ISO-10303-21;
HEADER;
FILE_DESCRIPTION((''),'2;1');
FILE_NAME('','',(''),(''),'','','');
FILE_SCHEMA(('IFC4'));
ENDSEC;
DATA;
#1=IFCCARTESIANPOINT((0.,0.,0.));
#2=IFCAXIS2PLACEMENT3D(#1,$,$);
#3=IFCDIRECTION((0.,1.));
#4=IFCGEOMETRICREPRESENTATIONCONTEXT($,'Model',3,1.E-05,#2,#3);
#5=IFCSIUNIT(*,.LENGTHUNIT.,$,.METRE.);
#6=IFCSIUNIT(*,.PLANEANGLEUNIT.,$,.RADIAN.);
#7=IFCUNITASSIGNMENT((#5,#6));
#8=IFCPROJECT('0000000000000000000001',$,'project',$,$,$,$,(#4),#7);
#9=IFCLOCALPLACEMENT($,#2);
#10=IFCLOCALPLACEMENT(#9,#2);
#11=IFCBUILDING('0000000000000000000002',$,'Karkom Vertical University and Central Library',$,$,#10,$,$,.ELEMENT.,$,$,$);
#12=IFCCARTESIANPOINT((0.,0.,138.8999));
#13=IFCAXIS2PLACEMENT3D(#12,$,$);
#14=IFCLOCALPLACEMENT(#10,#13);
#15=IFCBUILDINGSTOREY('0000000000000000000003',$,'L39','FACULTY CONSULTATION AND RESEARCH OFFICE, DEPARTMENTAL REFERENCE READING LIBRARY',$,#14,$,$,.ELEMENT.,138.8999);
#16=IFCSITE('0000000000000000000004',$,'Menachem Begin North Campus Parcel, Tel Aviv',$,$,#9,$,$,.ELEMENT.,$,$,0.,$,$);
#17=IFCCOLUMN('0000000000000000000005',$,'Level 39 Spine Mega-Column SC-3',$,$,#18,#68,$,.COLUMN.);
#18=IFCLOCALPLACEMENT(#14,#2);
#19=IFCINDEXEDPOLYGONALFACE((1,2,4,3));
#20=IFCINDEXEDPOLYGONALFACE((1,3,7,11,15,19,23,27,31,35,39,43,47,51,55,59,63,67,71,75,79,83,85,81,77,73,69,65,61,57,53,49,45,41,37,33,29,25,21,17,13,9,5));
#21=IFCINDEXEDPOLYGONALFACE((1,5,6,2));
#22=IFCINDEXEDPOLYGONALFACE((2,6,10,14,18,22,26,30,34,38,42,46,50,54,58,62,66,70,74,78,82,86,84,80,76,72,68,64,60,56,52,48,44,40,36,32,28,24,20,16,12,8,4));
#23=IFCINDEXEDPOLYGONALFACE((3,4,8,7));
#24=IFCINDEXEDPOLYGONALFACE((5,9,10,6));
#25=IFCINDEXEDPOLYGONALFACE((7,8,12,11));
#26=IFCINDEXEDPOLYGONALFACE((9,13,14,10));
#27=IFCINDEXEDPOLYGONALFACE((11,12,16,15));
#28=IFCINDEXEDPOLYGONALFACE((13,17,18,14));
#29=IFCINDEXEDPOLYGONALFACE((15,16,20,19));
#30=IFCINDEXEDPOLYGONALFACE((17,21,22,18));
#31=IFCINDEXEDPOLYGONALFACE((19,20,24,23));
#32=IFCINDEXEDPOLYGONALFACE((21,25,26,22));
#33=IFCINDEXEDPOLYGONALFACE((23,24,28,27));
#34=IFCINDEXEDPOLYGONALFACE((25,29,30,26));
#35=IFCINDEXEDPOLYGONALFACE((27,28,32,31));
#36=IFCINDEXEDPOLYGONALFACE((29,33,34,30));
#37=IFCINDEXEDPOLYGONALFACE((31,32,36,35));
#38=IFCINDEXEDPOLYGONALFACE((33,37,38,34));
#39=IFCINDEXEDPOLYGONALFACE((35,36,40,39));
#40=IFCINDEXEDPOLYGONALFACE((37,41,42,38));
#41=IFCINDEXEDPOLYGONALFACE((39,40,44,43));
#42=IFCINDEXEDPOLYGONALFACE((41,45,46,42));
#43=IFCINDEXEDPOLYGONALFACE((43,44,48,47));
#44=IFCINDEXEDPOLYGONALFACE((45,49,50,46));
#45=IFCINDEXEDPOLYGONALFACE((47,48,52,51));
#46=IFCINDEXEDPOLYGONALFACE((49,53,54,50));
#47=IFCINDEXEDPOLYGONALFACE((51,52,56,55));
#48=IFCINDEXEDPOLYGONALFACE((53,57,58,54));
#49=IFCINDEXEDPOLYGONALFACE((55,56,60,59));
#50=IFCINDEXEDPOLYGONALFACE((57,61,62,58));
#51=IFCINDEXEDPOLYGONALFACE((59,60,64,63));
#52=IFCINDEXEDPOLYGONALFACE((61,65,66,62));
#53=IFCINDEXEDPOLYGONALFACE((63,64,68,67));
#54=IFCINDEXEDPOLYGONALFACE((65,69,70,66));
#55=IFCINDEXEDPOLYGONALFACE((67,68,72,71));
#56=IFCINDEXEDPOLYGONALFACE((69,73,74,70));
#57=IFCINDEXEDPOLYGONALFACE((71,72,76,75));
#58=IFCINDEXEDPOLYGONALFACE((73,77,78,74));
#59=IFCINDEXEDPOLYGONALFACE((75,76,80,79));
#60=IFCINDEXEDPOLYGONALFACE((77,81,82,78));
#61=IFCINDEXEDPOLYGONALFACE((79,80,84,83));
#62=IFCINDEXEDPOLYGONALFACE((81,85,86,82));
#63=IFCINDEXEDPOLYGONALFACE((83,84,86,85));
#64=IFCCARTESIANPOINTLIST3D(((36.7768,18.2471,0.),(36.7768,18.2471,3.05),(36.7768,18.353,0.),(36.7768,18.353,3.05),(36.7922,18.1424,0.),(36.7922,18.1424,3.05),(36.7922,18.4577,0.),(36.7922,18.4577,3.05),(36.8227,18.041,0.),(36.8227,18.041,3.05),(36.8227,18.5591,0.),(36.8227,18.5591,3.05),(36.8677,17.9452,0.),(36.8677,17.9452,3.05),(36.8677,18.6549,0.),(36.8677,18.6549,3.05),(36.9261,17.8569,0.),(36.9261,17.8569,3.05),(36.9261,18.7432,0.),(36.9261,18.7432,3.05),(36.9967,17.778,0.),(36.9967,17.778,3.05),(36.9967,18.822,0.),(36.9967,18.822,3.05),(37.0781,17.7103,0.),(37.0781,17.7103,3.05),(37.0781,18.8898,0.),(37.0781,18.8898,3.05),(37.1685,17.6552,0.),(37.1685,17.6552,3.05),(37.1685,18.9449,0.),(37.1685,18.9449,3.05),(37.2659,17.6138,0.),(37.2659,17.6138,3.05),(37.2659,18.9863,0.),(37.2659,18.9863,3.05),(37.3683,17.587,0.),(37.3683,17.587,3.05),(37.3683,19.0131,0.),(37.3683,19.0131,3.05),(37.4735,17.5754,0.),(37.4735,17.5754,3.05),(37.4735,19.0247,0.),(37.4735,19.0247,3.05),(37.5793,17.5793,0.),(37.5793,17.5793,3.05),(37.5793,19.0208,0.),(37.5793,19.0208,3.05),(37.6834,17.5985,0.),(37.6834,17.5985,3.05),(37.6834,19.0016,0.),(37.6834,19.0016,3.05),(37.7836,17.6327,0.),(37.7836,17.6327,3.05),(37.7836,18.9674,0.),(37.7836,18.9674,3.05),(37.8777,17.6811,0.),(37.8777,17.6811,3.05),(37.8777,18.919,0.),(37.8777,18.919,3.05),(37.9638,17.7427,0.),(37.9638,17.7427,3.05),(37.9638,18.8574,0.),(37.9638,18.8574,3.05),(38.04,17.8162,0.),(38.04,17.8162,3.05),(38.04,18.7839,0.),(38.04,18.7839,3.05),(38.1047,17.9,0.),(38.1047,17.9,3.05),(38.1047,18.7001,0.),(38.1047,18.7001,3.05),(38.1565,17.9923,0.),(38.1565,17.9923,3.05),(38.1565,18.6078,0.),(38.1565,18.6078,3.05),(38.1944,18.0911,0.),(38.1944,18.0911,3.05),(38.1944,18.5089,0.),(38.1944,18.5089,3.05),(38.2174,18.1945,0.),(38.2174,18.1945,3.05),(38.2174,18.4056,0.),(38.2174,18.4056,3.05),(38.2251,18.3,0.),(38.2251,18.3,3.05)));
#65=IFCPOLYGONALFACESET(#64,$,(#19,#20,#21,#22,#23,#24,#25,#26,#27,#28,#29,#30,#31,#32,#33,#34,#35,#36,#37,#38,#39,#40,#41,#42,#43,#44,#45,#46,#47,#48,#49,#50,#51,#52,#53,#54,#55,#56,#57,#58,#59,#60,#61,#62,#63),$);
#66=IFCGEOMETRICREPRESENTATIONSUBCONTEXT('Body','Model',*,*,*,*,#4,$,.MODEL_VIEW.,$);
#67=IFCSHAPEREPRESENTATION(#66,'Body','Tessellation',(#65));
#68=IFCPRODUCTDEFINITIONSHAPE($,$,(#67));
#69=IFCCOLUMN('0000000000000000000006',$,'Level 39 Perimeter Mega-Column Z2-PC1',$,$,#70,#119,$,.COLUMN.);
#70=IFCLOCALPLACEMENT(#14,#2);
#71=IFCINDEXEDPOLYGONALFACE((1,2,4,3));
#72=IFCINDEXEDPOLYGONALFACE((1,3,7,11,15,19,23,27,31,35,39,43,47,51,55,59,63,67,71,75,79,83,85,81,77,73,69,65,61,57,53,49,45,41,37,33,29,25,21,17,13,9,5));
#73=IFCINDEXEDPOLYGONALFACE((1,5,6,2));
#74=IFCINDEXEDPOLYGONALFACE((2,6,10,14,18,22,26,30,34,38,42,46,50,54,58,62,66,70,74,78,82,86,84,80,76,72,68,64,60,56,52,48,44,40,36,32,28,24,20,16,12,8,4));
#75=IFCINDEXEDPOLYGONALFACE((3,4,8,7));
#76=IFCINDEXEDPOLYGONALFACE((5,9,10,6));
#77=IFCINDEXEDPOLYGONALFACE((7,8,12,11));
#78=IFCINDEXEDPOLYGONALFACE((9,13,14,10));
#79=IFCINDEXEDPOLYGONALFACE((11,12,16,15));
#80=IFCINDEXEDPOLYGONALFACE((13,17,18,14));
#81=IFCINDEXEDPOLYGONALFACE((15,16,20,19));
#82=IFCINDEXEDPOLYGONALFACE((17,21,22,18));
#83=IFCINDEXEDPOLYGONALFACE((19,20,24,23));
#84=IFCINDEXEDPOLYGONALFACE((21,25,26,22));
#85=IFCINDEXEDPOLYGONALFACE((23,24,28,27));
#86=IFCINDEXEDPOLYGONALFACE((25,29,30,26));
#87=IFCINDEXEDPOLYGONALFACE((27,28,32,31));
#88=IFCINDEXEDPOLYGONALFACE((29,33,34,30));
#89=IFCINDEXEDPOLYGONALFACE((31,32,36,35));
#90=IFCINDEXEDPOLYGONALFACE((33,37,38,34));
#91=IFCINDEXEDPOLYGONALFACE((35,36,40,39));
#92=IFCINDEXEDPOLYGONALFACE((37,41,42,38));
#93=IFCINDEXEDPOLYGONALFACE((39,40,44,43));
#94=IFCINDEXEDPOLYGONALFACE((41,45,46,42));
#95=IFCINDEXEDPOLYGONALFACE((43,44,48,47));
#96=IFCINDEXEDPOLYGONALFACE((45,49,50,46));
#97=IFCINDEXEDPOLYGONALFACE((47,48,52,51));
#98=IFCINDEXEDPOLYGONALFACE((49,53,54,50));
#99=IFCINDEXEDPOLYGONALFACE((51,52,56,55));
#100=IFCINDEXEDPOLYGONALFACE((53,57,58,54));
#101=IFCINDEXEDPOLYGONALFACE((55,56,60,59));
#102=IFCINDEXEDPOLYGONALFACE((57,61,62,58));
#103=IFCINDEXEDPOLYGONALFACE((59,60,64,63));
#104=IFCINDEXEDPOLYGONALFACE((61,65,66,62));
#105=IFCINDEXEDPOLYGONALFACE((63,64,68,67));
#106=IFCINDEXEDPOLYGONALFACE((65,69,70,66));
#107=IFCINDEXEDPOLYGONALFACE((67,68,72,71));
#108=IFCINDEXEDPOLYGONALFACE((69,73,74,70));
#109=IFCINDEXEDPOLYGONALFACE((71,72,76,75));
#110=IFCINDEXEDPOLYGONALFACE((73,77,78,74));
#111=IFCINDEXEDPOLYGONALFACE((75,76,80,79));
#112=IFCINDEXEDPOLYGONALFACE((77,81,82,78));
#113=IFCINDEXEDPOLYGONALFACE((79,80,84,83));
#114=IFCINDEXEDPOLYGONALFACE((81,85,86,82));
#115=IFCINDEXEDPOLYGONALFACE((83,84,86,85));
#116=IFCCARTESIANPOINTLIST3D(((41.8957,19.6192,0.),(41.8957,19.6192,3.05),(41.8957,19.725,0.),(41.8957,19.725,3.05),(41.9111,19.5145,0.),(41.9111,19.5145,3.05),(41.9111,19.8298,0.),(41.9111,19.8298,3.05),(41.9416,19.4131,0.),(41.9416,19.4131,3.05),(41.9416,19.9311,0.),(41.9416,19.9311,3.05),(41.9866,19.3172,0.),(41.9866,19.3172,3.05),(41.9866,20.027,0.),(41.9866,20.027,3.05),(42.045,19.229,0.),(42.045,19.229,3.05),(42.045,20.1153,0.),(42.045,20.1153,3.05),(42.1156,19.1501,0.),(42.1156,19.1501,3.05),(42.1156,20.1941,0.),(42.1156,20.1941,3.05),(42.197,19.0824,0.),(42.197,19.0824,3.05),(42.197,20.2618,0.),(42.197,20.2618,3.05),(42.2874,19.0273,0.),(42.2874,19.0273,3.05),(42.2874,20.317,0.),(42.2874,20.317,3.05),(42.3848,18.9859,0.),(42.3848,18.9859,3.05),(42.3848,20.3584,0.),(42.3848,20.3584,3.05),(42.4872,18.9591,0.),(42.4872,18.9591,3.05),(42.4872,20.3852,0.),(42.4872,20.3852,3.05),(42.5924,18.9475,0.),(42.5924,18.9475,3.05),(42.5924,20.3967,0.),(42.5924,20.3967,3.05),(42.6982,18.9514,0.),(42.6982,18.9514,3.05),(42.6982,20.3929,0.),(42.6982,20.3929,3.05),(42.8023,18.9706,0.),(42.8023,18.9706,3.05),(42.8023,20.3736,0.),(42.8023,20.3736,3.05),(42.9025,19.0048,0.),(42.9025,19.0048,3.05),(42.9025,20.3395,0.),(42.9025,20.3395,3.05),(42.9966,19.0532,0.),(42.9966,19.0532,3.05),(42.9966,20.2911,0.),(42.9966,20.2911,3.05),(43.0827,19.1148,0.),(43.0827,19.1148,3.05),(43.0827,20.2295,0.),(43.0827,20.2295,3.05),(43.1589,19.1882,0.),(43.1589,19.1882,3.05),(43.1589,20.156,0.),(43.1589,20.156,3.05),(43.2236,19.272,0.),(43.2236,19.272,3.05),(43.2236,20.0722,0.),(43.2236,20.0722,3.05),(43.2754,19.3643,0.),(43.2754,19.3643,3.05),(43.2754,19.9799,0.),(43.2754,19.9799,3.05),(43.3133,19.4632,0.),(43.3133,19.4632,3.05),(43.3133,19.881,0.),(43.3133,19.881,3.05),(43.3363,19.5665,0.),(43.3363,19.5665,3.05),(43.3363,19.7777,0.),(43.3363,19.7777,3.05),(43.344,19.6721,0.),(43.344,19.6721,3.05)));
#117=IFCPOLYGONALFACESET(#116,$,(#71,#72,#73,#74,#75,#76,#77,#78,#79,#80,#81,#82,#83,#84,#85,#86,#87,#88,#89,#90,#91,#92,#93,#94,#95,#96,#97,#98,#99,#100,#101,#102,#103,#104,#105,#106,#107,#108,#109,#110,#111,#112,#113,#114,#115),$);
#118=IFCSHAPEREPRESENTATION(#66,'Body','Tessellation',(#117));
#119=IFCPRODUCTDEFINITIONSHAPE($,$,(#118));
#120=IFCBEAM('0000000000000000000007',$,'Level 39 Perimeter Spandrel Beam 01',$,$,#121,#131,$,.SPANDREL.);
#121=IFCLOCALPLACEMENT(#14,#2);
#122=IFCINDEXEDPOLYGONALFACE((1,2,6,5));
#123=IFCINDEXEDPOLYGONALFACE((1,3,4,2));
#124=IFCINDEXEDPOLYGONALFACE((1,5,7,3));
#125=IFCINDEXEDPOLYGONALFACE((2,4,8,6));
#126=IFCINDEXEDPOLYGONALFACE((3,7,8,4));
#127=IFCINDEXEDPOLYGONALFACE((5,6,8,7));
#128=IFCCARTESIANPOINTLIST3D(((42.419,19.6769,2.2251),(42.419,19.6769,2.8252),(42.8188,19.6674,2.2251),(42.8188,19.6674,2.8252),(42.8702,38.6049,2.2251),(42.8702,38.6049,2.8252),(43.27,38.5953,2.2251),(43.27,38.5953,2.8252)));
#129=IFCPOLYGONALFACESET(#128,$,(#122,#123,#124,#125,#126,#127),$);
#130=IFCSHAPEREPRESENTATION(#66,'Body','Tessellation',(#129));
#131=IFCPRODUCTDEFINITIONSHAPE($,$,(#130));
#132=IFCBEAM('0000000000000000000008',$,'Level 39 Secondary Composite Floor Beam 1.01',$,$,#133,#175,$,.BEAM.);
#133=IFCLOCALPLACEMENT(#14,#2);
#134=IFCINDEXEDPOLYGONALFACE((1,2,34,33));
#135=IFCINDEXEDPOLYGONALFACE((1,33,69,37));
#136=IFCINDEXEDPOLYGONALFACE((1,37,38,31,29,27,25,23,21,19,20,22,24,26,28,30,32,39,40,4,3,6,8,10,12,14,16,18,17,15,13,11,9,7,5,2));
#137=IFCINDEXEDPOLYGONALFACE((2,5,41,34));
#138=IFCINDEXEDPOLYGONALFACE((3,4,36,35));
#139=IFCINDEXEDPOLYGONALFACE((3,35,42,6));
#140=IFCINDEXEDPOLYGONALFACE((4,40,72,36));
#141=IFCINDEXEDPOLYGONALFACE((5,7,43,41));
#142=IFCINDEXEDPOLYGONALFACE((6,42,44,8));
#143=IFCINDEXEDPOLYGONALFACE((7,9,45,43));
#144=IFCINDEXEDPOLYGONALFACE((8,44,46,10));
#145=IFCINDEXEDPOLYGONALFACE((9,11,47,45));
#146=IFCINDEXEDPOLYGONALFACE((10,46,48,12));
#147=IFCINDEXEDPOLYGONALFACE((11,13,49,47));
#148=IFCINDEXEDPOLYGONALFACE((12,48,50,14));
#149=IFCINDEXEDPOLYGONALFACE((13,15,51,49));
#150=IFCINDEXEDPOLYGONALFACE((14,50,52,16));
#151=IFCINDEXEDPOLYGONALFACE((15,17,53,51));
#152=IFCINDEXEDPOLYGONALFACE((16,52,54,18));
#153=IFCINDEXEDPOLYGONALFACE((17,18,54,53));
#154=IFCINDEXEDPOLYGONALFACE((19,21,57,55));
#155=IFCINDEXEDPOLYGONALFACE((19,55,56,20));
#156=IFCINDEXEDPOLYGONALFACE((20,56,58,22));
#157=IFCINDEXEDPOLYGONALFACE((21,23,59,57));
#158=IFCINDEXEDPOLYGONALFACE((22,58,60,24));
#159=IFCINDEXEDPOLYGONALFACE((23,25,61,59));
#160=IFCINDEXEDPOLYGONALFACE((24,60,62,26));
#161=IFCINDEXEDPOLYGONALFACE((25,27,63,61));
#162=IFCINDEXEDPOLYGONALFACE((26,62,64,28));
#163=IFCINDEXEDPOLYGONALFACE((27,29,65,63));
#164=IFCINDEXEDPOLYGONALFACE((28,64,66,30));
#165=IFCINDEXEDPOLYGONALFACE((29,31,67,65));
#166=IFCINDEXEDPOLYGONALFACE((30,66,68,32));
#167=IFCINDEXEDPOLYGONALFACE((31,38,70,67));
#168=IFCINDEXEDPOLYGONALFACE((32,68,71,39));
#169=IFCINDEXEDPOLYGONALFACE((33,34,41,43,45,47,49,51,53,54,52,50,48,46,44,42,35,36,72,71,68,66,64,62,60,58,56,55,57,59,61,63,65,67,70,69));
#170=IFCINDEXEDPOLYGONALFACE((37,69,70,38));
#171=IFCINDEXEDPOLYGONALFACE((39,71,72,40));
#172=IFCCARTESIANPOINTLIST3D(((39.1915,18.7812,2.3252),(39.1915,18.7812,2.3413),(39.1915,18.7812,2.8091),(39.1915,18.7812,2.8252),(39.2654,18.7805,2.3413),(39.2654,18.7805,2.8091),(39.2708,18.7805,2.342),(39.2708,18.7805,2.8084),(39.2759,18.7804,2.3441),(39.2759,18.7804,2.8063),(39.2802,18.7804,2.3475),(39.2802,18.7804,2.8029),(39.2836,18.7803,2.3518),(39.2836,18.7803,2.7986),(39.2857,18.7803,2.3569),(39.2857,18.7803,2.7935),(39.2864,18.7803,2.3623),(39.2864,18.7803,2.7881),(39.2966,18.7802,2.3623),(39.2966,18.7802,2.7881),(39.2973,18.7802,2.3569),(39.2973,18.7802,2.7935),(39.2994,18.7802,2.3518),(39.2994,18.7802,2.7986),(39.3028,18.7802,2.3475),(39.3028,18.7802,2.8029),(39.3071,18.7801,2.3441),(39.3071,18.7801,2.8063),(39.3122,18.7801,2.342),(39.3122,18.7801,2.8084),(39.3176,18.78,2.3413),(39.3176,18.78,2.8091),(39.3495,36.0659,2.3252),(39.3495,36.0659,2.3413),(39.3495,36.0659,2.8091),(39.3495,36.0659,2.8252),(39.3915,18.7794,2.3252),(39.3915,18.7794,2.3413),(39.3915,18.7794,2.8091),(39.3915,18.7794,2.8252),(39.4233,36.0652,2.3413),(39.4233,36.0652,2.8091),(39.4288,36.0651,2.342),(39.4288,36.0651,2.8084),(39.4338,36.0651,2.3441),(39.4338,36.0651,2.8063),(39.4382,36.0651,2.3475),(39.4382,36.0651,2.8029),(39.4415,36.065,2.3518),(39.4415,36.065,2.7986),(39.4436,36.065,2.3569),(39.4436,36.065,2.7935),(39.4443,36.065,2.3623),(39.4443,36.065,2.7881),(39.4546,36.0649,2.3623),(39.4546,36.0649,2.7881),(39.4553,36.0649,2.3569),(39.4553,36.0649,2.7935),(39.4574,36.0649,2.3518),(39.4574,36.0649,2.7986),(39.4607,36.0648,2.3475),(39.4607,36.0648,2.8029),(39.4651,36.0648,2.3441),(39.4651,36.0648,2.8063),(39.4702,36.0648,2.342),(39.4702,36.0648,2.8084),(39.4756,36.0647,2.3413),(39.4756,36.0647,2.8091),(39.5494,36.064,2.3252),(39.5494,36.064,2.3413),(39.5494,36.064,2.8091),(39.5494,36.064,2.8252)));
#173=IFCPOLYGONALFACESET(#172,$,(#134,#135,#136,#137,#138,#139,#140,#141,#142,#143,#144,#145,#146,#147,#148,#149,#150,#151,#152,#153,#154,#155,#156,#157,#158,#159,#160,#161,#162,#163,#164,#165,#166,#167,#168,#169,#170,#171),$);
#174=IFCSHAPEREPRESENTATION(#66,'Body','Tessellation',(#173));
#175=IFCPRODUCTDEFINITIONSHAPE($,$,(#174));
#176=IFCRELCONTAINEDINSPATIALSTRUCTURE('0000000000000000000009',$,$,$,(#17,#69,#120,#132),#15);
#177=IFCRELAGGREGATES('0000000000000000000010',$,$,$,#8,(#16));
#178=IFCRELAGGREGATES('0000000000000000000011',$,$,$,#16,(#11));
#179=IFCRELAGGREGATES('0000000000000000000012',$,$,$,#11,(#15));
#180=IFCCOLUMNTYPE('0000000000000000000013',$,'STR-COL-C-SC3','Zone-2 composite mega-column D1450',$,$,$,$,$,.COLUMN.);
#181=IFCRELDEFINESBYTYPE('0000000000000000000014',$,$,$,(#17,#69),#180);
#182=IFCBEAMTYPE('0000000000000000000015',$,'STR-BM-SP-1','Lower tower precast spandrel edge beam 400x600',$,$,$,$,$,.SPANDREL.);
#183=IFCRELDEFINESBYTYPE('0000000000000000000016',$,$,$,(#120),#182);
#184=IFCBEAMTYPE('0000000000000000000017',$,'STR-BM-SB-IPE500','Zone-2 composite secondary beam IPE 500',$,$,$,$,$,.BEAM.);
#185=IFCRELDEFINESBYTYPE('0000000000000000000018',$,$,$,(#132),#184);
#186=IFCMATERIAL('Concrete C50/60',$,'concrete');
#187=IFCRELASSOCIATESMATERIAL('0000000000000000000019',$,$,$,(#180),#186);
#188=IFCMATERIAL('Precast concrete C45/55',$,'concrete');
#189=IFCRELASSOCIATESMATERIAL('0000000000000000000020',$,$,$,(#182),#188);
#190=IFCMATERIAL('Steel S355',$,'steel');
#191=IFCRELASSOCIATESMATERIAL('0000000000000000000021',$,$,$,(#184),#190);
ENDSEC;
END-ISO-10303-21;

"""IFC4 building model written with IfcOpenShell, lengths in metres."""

from ifc_helpers import new_model, si_unit, direction, frame, origin, origin_with_axes, origin_2d, place, context, subcontext, project, spatial, rectangle, circle, i_section, extrude, source, transform, mapped, material, material_profile, profile_set, type_object, element, save


model = new_model("IFC4")

# Units and contexts
model_context = context("Model", 3, precision=1e-05, world=origin(), true_north=direction((0.0, 1.0)))
body_context = subcontext(model_context, "Body", "Model", "MODEL_VIEW")
ifc_project = project(units=[si_unit("LENGTHUNIT", "METRE"), si_unit("PLANEANGLEUNIT", "RADIAN")], contexts=[model_context])

# Site, building, storey
site_placement = place(None, origin())
site = spatial("IfcSite", under=ifc_project, at=site_placement, Name="Menachem Begin North Campus Parcel, Tel Aviv", CompositionType="ELEMENT", RefElevation=0.0)
building_placement = place(site_placement, origin())
building = spatial("IfcBuilding", under=site, at=building_placement, Name="Karkom Vertical University and Central Library", CompositionType="ELEMENT")
storey_placement = place(building_placement, frame((0.0, 0.0, 138.8999)))
storey = spatial("IfcBuildingStorey", under=building, at=storey_placement, Name="L39", Description="FACULTY CONSULTATION AND RESEARCH OFFICE, DEPARTMENTAL REFERENCE READING LIBRARY", CompositionType="ELEMENT", Elevation=138.8999)

# Columns
ifc_material_1 = material(Name="Concrete C50/60", Category="concrete")
ifc_material_profile_1 = material_profile(ifc_material_1, circle(Radius=0.7251, at=origin_2d()), Name="CFT-D1450")
ifc_profile_set_1 = profile_set([ifc_material_profile_1], Name="Concrete C50/60")
column_type = type_object("IfcColumnType", Name="STR-COL-C-SC3", Description="Zone-2 composite mega-column D1450", PredefinedType="COLUMN", material=ifc_profile_set_1)
shared_shape_1 = source(origin_with_axes(), body_context, "Body", "SweptSolid", [
    extrude(circle(Radius=0.7251, at=origin_2d()), origin(), (0.0, 0.0, 1.0), 3.05),
])
for number, where, z_axis, x_axis, name in (
    (1, (37.5, 18.3, 0.0), (0.0, 0.0, 1.0), (1.0, 0.0, 0.0), "Level 39 Spine Mega-Column SC-3"),
    (2, (42.6189, 19.6721, 0.0), (0.0, 0.0, 1.0), (1.0, 0.0, 0.0), "Level 39 Perimeter Mega-Column Z2-PC1"),
):
    element("IfcColumn", number, at=place(storey_placement, frame(where, z_axis=z_axis, x_axis=x_axis)), inside=storey, type_object=column_type, Name=name, PredefinedType="COLUMN", context=body_context, shape_type="MappedRepresentation", body=[
        mapped(shared_shape_1, transform((0.0, 0.0, 0.0), scale=1.0)),
    ])

# Beams
ifc_material_2 = material(Name="Precast concrete C45/55", Category="concrete")
ifc_material_profile_2 = material_profile(ifc_material_2, rectangle(XDim=0.3999, YDim=0.6001, at=origin_2d()), Name="SPB-400x600")
ifc_profile_set_2 = profile_set([ifc_material_profile_2], Name="Precast concrete C45/55")
beam_type_1 = type_object("IfcBeamType", Name="STR-BM-SP-1", Description="Lower tower precast spandrel edge beam 400x600", PredefinedType="SPANDREL", material=ifc_profile_set_2)
shared_shape_2 = source(origin_with_axes(), body_context, "Body", "SweptSolid", [
    extrude(rectangle(XDim=0.3999, YDim=0.6001, at=origin_2d()), origin(), (0.0, 0.0, 1.0), 18.9333),
])
beam_1_placement = place(storey_placement, frame((42.6189, 19.6721, 2.5251), z_axis=(0.023829, 0.999716, 0.0), x_axis=(-0.999716, 0.023829, 0.0)))
element("IfcBeam", 3, at=beam_1_placement, inside=storey, type_object=beam_type_1, Name="Level 39 Perimeter Spandrel Beam 01", PredefinedType="SPANDREL", context=body_context, shape_type="MappedRepresentation", body=[
    mapped(shared_shape_2, transform((0.0, 0.0, 0.0), scale=1.0)),
])
ifc_material_3 = material(Name="Steel S355", Category="steel")
ifc_material_profile_3 = material_profile(ifc_material_3, i_section(OverallWidth=0.2, OverallDepth=0.5, WebThickness=0.0103, FlangeThickness=0.0161, FilletRadius=0.021, at=origin_2d()), Name="IPE 500")
ifc_profile_set_3 = profile_set([ifc_material_profile_3], Name="Steel S355")
beam_type_2 = type_object("IfcBeamType", Name="STR-BM-SB-IPE500", Description="Zone-2 composite secondary beam IPE 500", PredefinedType="BEAM", material=ifc_profile_set_3)
shared_shape_3 = source(origin_with_axes(), body_context, "Body", "SweptSolid", [
    extrude(i_section(OverallWidth=0.2, OverallDepth=0.5, WebThickness=0.0103, FlangeThickness=0.0161, FilletRadius=0.021, at=origin_2d()), origin(), (0.0, 0.0, 1.0), 17.2854),
])
beam_2_placement = place(storey_placement, frame((39.2915, 18.7803, 2.5752), z_axis=(0.009138, 0.999958, 0.0), x_axis=(-0.999958, 0.009138, 0.0)))
element("IfcBeam", 4, at=beam_2_placement, inside=storey, type_object=beam_type_2, Name="Level 39 Secondary Composite Floor Beam 1.01", PredefinedType="BEAM", context=body_context, shape_type="MappedRepresentation", body=[
    mapped(shared_shape_3, transform((0.0, 0.0, 0.0), scale=1.0)),
])

save(model, "model.ifc")
